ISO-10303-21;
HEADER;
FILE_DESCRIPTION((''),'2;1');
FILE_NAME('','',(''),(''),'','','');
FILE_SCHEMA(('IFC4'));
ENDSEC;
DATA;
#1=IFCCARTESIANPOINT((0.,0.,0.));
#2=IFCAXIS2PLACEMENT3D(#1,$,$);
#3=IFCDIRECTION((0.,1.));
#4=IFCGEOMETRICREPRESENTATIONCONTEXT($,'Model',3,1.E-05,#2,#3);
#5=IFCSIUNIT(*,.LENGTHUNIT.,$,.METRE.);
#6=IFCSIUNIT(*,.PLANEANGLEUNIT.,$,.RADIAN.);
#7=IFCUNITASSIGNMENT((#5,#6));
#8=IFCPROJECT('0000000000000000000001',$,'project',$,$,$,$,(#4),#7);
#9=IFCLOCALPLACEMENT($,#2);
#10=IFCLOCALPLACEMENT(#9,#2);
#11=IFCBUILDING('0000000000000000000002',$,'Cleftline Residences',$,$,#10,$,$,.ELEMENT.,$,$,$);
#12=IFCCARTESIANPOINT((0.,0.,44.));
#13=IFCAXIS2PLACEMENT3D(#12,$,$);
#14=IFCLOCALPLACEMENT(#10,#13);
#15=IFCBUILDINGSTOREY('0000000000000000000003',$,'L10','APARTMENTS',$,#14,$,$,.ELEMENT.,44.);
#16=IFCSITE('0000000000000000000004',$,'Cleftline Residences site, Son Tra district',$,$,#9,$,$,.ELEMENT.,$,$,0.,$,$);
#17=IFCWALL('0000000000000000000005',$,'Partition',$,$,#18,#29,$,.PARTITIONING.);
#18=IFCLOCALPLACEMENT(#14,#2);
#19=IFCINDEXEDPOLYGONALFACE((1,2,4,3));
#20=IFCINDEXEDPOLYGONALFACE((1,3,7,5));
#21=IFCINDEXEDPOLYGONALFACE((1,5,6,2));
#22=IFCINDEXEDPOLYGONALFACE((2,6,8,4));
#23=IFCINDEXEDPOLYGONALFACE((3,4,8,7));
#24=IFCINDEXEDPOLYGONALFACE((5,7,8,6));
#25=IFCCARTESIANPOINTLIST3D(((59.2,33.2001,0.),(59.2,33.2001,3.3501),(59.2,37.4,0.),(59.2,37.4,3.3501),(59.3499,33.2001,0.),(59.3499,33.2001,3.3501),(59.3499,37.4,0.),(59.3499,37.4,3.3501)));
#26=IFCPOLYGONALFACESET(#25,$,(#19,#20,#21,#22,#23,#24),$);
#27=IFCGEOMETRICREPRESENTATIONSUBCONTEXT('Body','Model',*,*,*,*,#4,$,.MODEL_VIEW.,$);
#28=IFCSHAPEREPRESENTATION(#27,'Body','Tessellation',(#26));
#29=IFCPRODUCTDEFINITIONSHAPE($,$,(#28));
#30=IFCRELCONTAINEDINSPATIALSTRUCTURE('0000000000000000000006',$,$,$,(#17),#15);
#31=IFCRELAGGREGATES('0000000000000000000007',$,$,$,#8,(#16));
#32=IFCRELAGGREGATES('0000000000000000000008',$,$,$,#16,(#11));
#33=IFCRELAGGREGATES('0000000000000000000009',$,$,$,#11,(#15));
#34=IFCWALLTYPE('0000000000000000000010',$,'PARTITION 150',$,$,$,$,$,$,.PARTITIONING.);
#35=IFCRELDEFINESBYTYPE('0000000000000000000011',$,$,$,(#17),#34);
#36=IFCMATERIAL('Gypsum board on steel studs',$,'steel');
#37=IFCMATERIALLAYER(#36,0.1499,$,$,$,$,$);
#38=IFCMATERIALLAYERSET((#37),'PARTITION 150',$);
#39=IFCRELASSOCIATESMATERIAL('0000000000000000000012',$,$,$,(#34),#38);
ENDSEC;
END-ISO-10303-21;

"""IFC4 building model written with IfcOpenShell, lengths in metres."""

from ifc_helpers import new_model, si_unit, direction, frame, frame_2d, origin, place, context, subcontext, project, spatial, rectangle, extrude, material, layer, layer_set, type_object, element, save


model = new_model("IFC4")

# Units and contexts
model_context = context("Model", 3, precision=1e-05, world=origin(), true_north=direction((0.0, 1.0)))
body_context = subcontext(model_context, "Body", "Model", "MODEL_VIEW")
ifc_project = project(units=[si_unit("LENGTHUNIT", "METRE"), si_unit("PLANEANGLEUNIT", "RADIAN")], contexts=[model_context])

# Site, building, storey
site_placement = place(None, origin())
site = spatial("IfcSite", under=ifc_project, at=site_placement, Name="Cleftline Residences site, Son Tra district", CompositionType="ELEMENT", RefElevation=0.0)
building_placement = place(site_placement, origin())
building = spatial("IfcBuilding", under=site, at=building_placement, Name="Cleftline Residences", CompositionType="ELEMENT")
storey_placement = place(building_placement, frame((0.0, 0.0, 44.0)))
storey = spatial("IfcBuildingStorey", under=building, at=storey_placement, Name="L10", Description="APARTMENTS", CompositionType="ELEMENT", Elevation=44.0)

# Wall
ifc_material_1 = material(Name="Gypsum board on steel studs", Category="steel")
ifc_layer = layer(ifc_material_1, 0.1499)
ifc_layer_set = layer_set([ifc_layer], Name="PARTITION 150")
wall_type = type_object("IfcWallType", Name="PARTITION 150", PredefinedType="PARTITIONING", material=ifc_layer_set)
wall_placement = place(storey_placement, frame((59.2749, 33.2, 0.0), z_axis=(0.0, 0.0, 1.0), x_axis=(0.0, 1.0, 0.0)))
element("IfcWall", 1, at=wall_placement, inside=storey, type_object=wall_type, Name="Partition", PredefinedType="PARTITIONING", context=body_context, shape_type="SweptSolid", body=[
    extrude(rectangle(XDim=4.2, YDim=0.1499, at=frame_2d((2.1001, 0.0))), origin(), (0.0, 0.0, 1.0), 3.3501),
])

save(model, "model.ifc")
